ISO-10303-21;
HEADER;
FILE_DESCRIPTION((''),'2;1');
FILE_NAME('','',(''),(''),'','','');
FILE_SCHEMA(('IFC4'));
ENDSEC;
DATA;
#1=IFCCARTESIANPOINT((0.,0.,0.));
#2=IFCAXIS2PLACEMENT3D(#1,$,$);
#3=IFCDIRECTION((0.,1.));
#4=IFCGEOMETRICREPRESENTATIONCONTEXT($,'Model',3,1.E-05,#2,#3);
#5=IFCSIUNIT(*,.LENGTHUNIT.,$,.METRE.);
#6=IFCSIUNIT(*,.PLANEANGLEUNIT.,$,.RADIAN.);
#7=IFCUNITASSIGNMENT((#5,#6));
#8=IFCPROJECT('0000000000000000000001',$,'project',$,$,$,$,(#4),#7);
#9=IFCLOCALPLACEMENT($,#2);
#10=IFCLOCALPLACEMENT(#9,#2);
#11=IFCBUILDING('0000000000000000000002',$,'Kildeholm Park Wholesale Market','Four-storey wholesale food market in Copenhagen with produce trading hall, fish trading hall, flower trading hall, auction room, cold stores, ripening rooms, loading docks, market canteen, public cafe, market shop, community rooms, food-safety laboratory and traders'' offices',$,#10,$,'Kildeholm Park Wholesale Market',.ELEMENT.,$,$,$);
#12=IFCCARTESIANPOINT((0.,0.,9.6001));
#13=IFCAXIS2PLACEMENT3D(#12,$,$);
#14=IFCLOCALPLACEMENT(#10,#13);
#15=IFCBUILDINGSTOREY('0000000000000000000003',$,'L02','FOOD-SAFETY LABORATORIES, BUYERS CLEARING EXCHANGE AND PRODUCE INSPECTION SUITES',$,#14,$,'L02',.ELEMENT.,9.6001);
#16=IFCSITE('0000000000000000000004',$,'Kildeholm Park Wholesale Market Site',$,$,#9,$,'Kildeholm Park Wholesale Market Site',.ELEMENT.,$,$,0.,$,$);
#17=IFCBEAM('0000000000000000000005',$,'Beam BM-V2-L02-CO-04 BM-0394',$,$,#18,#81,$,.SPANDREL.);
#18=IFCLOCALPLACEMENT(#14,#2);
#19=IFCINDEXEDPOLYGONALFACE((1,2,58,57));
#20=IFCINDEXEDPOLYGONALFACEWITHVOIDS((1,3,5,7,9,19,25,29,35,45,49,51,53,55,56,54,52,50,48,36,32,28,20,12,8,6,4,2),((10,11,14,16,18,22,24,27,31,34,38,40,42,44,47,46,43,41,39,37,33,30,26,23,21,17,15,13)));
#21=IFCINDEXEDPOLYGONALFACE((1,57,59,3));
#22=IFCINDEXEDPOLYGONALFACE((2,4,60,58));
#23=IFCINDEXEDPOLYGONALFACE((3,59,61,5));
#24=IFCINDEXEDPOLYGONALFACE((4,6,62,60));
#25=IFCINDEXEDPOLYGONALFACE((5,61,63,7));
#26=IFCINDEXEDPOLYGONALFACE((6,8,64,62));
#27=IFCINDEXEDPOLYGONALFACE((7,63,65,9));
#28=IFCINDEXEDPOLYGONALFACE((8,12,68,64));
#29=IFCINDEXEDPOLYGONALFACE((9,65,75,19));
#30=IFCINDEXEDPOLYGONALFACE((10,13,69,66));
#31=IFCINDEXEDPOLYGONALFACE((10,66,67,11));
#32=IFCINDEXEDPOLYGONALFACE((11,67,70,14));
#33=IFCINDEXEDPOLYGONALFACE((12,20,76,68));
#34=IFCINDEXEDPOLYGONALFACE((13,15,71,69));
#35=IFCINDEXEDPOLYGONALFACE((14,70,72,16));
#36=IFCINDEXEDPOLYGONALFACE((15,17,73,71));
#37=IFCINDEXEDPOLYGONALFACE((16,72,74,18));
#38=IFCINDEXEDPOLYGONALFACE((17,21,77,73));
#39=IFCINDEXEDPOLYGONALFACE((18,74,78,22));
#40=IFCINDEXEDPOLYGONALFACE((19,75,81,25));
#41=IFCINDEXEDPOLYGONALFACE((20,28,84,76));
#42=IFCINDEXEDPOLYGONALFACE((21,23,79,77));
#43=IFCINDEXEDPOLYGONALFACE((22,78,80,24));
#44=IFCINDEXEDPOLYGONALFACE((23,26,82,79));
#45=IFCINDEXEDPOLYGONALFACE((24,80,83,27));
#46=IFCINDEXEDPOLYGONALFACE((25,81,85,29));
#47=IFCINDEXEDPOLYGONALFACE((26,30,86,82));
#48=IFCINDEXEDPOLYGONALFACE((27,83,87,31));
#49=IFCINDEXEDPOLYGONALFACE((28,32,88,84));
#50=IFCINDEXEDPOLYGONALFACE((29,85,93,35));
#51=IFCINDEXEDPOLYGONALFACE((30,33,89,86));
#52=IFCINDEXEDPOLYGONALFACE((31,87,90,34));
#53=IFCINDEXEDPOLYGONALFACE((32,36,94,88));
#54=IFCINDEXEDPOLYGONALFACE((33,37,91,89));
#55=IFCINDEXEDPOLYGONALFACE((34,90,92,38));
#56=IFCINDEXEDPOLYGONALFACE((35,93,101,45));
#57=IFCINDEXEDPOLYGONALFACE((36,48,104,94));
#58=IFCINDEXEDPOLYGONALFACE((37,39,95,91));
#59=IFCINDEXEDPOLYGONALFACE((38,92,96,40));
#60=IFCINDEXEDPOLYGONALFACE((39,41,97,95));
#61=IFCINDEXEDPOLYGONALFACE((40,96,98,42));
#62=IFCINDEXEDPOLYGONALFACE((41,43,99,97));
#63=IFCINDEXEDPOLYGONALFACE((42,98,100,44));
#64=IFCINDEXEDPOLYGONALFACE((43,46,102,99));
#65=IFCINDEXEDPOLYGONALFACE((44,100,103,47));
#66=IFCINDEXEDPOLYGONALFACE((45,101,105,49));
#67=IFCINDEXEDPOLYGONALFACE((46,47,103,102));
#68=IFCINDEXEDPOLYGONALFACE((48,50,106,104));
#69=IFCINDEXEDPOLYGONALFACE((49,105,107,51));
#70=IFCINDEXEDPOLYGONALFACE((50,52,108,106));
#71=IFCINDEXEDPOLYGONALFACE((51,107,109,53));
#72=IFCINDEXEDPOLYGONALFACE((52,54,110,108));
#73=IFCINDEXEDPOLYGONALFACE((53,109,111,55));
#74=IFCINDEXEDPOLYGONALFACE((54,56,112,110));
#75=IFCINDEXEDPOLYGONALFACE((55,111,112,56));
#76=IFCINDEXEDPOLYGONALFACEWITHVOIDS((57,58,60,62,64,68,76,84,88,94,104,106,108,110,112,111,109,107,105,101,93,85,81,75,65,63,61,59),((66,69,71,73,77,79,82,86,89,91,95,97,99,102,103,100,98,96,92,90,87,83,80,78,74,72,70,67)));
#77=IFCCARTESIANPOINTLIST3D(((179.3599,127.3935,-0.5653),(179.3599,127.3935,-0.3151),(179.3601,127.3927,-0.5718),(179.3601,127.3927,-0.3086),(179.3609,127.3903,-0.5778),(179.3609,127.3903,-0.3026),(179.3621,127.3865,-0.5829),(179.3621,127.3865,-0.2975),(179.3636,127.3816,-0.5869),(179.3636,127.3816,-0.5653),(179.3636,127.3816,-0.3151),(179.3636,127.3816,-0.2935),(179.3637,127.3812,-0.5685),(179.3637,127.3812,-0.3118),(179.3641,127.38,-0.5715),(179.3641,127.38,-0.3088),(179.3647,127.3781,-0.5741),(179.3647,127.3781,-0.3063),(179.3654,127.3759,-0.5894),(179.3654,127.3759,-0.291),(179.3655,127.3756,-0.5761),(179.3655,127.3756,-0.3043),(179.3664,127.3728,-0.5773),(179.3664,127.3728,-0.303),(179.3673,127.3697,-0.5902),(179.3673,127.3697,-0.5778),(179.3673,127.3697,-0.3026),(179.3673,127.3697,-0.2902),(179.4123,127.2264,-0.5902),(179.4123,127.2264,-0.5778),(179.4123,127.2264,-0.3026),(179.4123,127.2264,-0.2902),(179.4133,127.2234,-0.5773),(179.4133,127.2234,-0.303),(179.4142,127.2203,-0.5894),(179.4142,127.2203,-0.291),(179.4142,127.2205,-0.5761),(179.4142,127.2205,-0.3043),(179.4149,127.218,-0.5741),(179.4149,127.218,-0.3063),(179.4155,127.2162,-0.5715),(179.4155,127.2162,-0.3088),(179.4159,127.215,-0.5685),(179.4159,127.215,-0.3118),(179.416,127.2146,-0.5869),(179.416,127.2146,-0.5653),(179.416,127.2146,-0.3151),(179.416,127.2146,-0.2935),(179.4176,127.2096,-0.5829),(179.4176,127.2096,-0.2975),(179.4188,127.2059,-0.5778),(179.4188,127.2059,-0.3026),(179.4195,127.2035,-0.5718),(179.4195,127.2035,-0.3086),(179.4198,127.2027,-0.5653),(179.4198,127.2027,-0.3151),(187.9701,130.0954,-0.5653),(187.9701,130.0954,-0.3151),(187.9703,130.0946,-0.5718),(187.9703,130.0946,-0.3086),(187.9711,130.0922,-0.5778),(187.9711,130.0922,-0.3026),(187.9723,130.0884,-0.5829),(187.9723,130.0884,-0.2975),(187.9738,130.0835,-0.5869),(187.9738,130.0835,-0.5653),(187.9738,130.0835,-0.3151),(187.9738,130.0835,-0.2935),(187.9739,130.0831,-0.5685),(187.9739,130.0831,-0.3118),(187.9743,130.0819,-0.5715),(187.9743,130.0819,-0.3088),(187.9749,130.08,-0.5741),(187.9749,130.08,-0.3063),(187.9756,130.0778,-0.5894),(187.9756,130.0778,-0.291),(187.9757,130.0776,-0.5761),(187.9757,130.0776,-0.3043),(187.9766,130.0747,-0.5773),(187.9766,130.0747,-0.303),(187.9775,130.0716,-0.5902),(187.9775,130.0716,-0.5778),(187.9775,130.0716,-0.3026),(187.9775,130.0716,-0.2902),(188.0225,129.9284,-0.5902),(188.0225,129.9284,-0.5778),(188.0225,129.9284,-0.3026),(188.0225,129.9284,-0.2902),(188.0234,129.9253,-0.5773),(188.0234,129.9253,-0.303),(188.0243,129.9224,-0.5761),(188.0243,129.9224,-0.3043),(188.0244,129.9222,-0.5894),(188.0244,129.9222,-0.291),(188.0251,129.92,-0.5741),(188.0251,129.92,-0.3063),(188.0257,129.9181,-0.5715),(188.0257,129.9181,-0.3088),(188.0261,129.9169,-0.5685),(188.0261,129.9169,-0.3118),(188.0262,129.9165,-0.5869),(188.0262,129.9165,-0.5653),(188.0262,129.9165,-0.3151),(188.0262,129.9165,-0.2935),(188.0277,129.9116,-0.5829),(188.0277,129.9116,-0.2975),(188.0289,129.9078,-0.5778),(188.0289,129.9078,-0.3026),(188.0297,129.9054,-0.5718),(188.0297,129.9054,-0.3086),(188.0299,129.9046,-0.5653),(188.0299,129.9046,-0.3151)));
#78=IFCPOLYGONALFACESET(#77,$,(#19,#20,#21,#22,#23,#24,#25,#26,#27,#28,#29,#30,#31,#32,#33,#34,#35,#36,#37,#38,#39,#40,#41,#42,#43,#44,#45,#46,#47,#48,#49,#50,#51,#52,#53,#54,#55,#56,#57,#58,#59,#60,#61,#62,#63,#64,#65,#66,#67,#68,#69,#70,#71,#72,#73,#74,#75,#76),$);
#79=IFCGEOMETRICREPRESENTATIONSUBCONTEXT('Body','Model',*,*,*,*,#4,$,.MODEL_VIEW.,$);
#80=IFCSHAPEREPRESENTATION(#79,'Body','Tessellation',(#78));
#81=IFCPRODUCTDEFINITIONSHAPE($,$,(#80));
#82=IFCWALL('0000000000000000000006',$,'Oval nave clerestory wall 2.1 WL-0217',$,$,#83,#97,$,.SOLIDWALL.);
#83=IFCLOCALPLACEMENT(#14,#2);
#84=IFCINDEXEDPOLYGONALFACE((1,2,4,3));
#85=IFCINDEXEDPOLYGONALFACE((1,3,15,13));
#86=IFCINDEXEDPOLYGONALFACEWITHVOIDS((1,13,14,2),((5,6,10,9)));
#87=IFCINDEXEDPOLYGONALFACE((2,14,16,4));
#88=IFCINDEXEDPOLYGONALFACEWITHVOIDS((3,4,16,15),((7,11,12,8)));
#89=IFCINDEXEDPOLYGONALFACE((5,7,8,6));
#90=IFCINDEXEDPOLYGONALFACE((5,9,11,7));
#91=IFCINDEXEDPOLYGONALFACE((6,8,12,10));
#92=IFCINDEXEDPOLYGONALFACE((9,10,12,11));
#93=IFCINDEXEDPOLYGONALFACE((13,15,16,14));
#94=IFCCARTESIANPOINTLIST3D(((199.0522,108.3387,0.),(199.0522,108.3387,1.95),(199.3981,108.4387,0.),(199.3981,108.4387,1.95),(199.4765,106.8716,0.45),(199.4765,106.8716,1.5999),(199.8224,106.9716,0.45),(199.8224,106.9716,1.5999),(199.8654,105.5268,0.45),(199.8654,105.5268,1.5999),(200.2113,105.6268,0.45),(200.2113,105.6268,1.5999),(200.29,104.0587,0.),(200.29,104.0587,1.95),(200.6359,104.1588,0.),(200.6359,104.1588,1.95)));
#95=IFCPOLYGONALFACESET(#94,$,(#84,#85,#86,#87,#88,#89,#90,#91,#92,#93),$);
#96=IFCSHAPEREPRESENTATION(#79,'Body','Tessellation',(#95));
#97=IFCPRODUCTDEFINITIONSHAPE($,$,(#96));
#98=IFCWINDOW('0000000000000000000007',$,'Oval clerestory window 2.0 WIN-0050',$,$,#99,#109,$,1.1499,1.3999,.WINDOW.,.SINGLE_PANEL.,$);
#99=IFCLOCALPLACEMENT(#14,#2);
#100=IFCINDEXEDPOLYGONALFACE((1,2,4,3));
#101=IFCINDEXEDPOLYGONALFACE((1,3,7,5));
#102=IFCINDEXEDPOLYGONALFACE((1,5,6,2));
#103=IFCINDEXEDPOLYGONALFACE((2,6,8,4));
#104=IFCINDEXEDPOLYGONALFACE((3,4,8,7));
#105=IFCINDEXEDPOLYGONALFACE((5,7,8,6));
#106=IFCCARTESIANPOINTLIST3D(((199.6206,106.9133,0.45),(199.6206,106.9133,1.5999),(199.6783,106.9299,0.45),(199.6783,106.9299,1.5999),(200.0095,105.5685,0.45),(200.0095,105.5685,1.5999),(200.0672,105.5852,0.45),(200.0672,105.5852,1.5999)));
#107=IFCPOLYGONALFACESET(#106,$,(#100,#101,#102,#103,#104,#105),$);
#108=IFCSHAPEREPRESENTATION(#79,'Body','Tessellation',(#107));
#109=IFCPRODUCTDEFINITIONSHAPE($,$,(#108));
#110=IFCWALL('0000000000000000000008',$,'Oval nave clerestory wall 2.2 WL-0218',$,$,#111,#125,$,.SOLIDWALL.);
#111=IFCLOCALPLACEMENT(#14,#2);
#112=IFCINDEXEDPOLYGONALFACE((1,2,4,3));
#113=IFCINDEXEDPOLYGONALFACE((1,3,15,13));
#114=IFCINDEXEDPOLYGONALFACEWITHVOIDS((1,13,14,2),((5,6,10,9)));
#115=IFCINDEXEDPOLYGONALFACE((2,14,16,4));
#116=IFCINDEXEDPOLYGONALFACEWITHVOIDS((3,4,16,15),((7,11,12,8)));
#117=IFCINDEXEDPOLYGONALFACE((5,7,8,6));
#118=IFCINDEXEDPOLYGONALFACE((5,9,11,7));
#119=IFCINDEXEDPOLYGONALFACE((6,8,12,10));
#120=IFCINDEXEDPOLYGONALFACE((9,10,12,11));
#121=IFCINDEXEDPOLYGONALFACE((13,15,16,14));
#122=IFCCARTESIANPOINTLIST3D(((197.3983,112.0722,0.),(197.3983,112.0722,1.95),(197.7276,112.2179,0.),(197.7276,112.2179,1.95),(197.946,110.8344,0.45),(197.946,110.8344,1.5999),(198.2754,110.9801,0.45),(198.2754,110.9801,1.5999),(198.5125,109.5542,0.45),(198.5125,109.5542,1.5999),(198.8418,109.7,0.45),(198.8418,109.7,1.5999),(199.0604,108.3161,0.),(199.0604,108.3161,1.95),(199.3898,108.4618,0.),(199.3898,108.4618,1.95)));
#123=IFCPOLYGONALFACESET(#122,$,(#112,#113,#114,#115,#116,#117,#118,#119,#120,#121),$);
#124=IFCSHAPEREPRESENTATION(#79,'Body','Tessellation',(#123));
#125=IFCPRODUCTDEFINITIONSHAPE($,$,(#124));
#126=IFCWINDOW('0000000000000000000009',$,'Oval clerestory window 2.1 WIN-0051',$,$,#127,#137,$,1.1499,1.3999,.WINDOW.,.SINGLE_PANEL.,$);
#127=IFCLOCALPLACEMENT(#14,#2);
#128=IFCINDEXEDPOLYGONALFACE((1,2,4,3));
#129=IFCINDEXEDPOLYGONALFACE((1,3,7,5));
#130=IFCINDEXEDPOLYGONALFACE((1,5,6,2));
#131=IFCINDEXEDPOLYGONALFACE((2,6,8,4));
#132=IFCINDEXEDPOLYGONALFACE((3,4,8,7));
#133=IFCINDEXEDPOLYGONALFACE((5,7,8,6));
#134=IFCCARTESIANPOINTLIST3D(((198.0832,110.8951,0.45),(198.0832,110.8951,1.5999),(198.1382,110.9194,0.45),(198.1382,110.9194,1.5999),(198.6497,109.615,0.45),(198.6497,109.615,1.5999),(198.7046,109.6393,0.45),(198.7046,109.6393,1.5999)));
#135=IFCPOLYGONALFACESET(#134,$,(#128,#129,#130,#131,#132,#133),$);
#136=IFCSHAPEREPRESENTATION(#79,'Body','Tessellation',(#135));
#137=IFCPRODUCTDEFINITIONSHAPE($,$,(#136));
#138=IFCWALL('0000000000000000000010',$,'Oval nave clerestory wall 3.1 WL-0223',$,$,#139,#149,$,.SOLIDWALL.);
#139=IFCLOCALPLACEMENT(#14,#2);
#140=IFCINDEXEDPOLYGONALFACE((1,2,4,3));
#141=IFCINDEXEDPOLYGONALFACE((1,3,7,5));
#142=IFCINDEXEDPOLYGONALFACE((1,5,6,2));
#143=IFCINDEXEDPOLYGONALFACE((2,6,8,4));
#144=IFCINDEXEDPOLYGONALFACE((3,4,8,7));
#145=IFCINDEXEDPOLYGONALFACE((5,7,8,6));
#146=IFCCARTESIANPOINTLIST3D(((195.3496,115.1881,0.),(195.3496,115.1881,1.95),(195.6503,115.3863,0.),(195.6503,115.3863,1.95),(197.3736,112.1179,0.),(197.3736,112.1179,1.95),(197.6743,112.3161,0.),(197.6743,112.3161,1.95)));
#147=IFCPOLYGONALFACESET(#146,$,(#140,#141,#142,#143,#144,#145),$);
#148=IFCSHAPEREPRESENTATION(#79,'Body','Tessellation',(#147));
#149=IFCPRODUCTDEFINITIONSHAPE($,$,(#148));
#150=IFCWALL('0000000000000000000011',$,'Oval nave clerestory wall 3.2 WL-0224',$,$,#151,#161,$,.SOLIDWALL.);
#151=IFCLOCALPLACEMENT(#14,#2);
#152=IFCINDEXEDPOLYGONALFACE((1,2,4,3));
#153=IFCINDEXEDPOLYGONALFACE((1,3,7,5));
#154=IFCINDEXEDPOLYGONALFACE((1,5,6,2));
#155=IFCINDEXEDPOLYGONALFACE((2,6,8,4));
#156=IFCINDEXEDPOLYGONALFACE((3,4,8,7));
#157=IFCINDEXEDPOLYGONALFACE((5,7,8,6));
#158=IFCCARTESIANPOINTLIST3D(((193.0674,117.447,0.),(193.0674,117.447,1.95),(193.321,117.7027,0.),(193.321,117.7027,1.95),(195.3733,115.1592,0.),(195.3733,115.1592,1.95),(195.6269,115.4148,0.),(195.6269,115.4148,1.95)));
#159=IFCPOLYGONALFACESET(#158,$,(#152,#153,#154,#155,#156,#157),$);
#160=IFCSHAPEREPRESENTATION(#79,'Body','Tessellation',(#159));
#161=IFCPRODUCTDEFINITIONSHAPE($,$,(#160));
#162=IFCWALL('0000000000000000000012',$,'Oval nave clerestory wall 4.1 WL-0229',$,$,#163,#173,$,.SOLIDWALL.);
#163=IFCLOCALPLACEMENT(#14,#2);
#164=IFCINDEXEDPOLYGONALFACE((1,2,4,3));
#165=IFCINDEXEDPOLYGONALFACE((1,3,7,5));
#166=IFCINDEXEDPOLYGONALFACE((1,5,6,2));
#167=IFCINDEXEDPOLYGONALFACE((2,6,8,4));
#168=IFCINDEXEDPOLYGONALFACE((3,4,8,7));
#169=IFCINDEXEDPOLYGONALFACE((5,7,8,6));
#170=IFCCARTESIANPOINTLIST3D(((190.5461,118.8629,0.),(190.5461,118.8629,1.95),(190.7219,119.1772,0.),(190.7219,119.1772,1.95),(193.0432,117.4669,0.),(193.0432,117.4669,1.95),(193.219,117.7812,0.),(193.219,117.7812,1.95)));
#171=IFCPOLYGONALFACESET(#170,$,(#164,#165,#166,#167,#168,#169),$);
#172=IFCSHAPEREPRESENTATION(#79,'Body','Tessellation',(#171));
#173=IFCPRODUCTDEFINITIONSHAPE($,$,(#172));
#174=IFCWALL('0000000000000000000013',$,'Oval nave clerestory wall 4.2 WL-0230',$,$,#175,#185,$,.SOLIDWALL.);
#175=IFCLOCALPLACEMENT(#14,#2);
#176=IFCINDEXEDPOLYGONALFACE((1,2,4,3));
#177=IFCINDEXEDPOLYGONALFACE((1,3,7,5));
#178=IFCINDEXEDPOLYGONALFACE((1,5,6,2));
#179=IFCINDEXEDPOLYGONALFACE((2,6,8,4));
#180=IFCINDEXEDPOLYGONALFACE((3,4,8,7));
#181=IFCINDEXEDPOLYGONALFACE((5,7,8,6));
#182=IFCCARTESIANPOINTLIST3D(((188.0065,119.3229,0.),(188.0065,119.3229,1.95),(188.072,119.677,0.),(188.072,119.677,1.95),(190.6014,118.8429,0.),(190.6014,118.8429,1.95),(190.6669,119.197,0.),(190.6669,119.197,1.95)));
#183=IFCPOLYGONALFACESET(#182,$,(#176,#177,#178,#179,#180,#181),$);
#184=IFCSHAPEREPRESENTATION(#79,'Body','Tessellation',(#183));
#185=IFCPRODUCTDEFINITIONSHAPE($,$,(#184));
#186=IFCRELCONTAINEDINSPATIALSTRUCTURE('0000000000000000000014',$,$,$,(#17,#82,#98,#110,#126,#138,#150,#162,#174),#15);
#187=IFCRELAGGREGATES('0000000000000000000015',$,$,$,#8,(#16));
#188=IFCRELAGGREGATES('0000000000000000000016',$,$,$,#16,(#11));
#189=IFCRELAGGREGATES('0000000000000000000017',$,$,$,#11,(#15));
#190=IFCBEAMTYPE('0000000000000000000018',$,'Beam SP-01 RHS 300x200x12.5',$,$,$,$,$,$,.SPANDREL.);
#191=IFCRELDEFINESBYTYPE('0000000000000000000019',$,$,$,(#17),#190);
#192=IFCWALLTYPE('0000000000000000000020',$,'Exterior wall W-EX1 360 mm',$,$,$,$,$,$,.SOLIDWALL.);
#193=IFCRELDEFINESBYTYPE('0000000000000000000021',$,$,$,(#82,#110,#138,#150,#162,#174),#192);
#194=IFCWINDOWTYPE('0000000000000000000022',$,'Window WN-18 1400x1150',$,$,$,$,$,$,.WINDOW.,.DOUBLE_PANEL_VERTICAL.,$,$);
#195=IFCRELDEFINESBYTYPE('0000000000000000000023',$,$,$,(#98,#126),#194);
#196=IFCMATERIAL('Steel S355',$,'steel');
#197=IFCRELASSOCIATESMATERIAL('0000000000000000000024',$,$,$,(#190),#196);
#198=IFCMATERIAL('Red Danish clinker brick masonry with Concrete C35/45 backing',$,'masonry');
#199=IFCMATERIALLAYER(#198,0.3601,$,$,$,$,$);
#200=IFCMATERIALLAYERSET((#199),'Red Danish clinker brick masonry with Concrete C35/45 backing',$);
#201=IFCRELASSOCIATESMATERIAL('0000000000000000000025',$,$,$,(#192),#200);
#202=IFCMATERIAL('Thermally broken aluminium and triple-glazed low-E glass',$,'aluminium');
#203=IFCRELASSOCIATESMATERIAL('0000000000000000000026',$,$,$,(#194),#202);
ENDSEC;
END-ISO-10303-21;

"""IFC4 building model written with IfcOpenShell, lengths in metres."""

from ifc_helpers import new_model, si_unit, direction, frame, frame_2d, origin, origin_2d, place, context, subcontext, project, spatial, rectangle, hollow_rectangle, extrude, material, layer, layer_set, material_profile, profile_set, type_object, element, fill, save


model = new_model("IFC4")

# Units and contexts
model_context = context("Model", 3, precision=1e-05, world=origin(), true_north=direction((0.0, 1.0)))
body_context = subcontext(model_context, "Body", "Model", "MODEL_VIEW")
ifc_project = project(units=[si_unit("LENGTHUNIT", "METRE"), si_unit("PLANEANGLEUNIT", "RADIAN")], contexts=[model_context])

# Site, building, storey
site_placement = place(None, origin())
site = spatial("IfcSite", under=ifc_project, at=site_placement, Name="Kildeholm Park Wholesale Market Site", LongName="Kildeholm Park Wholesale Market Site", CompositionType="ELEMENT", RefElevation=0.0)
building_placement = place(site_placement, origin())
building = spatial("IfcBuilding", under=site, at=building_placement, Name="Kildeholm Park Wholesale Market", Description="Four-storey wholesale food market in Copenhagen with produce trading hall, fish trading hall, flower trading hall, auction room, cold stores, ripening rooms, loading docks, market canteen, public cafe, market shop, community rooms, food-safety laboratory and traders' offices", LongName="Kildeholm Park Wholesale Market", CompositionType="ELEMENT")
storey_placement = place(building_placement, frame((0.0, 0.0, 9.6001)))
storey = spatial("IfcBuildingStorey", under=building, at=storey_placement, Name="L02", Description="FOOD-SAFETY LABORATORIES, BUYERS CLEARING EXCHANGE AND PRODUCE INSPECTION SUITES", LongName="L02", CompositionType="ELEMENT", Elevation=9.6001)

# Shared definitions
ifc_material_1 = material(Name="Steel S355", Category="steel")

# Beam
ifc_material_profile_1 = material_profile(ifc_material_1, hollow_rectangle(XDim=0.2, YDim=0.3, WallThickness=0.0125, InnerFilletRadius=0.0125, OuterFilletRadius=0.0249, at=origin_2d()), Name="RHS 300x200x12.5")
ifc_profile_set_1 = profile_set([ifc_material_profile_1], Name="Steel S355")
beam_type_1 = type_object("IfcBeamType", Name="Beam SP-01 RHS 300x200x12.5", PredefinedType="SPANDREL", material=ifc_profile_set_1)
for number, where, z_axis, x_axis, name in (
    (1, (188.0, 130.0, -0.4402), (-0.954125, -0.29941, 0.0), (0.29941, -0.954125, 0.0), "Beam BM-V2-L02-CO-04 BM-0394"),
):
    element("IfcBeam", number, at=place(storey_placement, frame(where, z_axis=z_axis, x_axis=x_axis)), inside=storey, type_object=beam_type_1, Name=name, PredefinedType="SPANDREL", context=body_context, shape_type="SweptSolid", body=[
        extrude(hollow_rectangle(XDim=0.2, YDim=0.3, WallThickness=0.0125, InnerFilletRadius=0.0125, OuterFilletRadius=0.0249, at=origin_2d()), origin(), (0.0, 0.0, 1.0), 9.0242),
    ])

# Walls, openings, windows
ifc_material_2 = material(Name="Red Danish clinker brick masonry with Concrete C35/45 backing", Category="masonry")
ifc_layer_1 = layer(ifc_material_2, 0.3601)
ifc_layer_set_1 = layer_set([ifc_layer_1], Name="Red Danish clinker brick masonry with Concrete C35/45 backing")
wall_type_1 = type_object("IfcWallType", Name="Exterior wall W-EX1 360 mm", PredefinedType="SOLIDWALL", material=ifc_layer_set_1)
wall_1_placement = place(storey_placement, frame((200.4629, 104.1089, 0.0), z_axis=(0.0, 0.0, 1.0), x_axis=(-0.277817, 0.960634, 0.0)))
wall_1 = element("IfcWall", 2, at=wall_1_placement, inside=storey, type_object=wall_type_1, Name="Oval nave clerestory wall 2.1 WL-0217", PredefinedType="SOLIDWALL", context=body_context, shape_type="SweptSolid", body=[
    extrude(rectangle(XDim=4.4553, YDim=0.3601, at=frame_2d((2.2275, 0.0))), origin(), (0.0, 0.0, 1.0), 1.95),
])
opening_1_placement = place(wall_1_placement, frame((1.5281, 0.0, 0.45)))
opening_1 = element("IfcOpeningElement", 3, at=opening_1_placement, cuts=wall_1, PredefinedType="OPENING", context=body_context, shape_type="SweptSolid", body=[
    extrude(rectangle(XDim=1.3999, YDim=1.1499, at=frame_2d((0.7, 0.575))), frame((0.0, 0.1899, 0.0), z_axis=(0.0, -1.0, 0.0), x_axis=(1.0, 0.0, 0.0)), (0.0, 0.0, 1.0), 0.3801),
])
ifc_material_3 = material(Name="Thermally broken aluminium and triple-glazed low-E glass", Category="aluminium")
window_type = type_object("IfcWindowType", Name="Window WN-18 1400x1150", PartitioningType="DOUBLE_PANEL_VERTICAL", PredefinedType="WINDOW", material=ifc_material_3)
window_1_placement = place(opening_1_placement, origin())
window_1 = element("IfcWindow", 4, at=window_1_placement, inside=storey, type_object=window_type, Name="Oval clerestory window 2.0 WIN-0050", OverallHeight=1.1499, OverallWidth=1.3999, PartitioningType="SINGLE_PANEL", PredefinedType="WINDOW", context=body_context, shape_type="SweptSolid", body=[
    extrude(rectangle(XDim=1.3999, YDim=1.1499, at=frame_2d((0.7, 0.575))), frame((0.0, 0.03, 0.0), z_axis=(0.0, -1.0, 0.0), x_axis=(1.0, 0.0, 0.0)), (0.0, 0.0, 1.0), 0.0601),
])
fill(opening_1, window_1)
wall_2_placement = place(storey_placement, frame((199.2251, 108.3889, 0.0), z_axis=(0.0, 0.0, 1.0), x_axis=(-0.40466, 0.914467, 0.0)))
wall_2 = element("IfcWall", 5, at=wall_2_placement, inside=storey, type_object=wall_type_1, Name="Oval nave clerestory wall 2.2 WL-0218", PredefinedType="SOLIDWALL", context=body_context, shape_type="SweptSolid", body=[
    extrude(rectangle(XDim=4.1074, YDim=0.3601, at=frame_2d((2.0537, 0.0))), origin(), (0.0, 0.0, 1.0), 1.95),
])
opening_2_placement = place(wall_2_placement, frame((1.354, 0.0, 0.45)))
opening_2 = element("IfcOpeningElement", 6, at=opening_2_placement, cuts=wall_2, PredefinedType="OPENING", context=body_context, shape_type="SweptSolid", body=[
    extrude(rectangle(XDim=1.3999, YDim=1.1499, at=frame_2d((0.7, 0.575))), frame((0.0, 0.1899, 0.0), z_axis=(0.0, -1.0, 0.0), x_axis=(1.0, 0.0, 0.0)), (0.0, 0.0, 1.0), 0.3801),
])
window_2_placement = place(opening_2_placement, origin())
window_2 = element("IfcWindow", 7, at=window_2_placement, inside=storey, type_object=window_type, Name="Oval clerestory window 2.1 WIN-0051", OverallHeight=1.1499, OverallWidth=1.3999, PartitioningType="SINGLE_PANEL", PredefinedType="WINDOW", context=body_context, shape_type="SweptSolid", body=[
    extrude(rectangle(XDim=1.3999, YDim=1.1499, at=frame_2d((0.7, 0.575))), frame((0.0, 0.03, 0.0), z_axis=(0.0, -1.0, 0.0), x_axis=(1.0, 0.0, 0.0)), (0.0, 0.0, 1.0), 0.0601),
])
fill(opening_2, window_2)

# Walls
wall_3_placement = place(storey_placement, frame((197.5239, 112.217, 0.0), z_axis=(0.0, 0.0, 1.0), x_axis=(-0.550403, 0.834899, 0.0)))
element("IfcWall", 8, at=wall_3_placement, inside=storey, type_object=wall_type_1, Name="Oval nave clerestory wall 3.1 WL-0223", PredefinedType="SOLIDWALL", context=body_context, shape_type="SweptSolid", body=[
    extrude(rectangle(XDim=3.6772, YDim=0.3601, at=frame_2d((1.8386, 0.0))), origin(), (0.0, 0.0, 1.0), 1.95),
])
wall_4_placement = place(storey_placement, frame((195.5, 115.2871, 0.0), z_axis=(0.0, 0.0, 1.0), x_axis=(-0.709882, 0.70432, 0.0)))
element("IfcWall", 9, at=wall_4_placement, inside=storey, type_object=wall_type_1, Name="Oval nave clerestory wall 3.2 WL-0224", PredefinedType="SOLIDWALL", context=body_context, shape_type="SweptSolid", body=[
    extrude(rectangle(XDim=3.2483, YDim=0.3601, at=frame_2d((1.624, 0.0))), origin(), (0.0, 0.0, 1.0), 1.95),
])
wall_5_placement = place(storey_placement, frame((193.1311, 117.624, 0.0), z_axis=(0.0, 0.0, 1.0), x_axis=(-0.872858, 0.487974, 0.0)))
element("IfcWall", 10, at=wall_5_placement, inside=storey, type_object=wall_type_1, Name="Oval nave clerestory wall 4.1 WL-0229", PredefinedType="SOLIDWALL", context=body_context, shape_type="SweptSolid", body=[
    extrude(rectangle(XDim=2.8608, YDim=0.3601, at=frame_2d((1.4304, 0.0))), origin(), (0.0, 0.0, 1.0), 1.95),
])
wall_6_placement = place(storey_placement, frame((190.634, 119.02, 0.0), z_axis=(0.0, 0.0, 1.0), x_axis=(-0.983321, 0.181881, 0.0)))
element("IfcWall", 11, at=wall_6_placement, inside=storey, type_object=wall_type_1, Name="Oval nave clerestory wall 4.2 WL-0230", PredefinedType="SOLIDWALL", context=body_context, shape_type="SweptSolid", body=[
    extrude(rectangle(XDim=2.6389, YDim=0.3601, at=frame_2d((1.3193, 0.0))), origin(), (0.0, 0.0, 1.0), 1.95),
])

save(model, "model.ifc")
